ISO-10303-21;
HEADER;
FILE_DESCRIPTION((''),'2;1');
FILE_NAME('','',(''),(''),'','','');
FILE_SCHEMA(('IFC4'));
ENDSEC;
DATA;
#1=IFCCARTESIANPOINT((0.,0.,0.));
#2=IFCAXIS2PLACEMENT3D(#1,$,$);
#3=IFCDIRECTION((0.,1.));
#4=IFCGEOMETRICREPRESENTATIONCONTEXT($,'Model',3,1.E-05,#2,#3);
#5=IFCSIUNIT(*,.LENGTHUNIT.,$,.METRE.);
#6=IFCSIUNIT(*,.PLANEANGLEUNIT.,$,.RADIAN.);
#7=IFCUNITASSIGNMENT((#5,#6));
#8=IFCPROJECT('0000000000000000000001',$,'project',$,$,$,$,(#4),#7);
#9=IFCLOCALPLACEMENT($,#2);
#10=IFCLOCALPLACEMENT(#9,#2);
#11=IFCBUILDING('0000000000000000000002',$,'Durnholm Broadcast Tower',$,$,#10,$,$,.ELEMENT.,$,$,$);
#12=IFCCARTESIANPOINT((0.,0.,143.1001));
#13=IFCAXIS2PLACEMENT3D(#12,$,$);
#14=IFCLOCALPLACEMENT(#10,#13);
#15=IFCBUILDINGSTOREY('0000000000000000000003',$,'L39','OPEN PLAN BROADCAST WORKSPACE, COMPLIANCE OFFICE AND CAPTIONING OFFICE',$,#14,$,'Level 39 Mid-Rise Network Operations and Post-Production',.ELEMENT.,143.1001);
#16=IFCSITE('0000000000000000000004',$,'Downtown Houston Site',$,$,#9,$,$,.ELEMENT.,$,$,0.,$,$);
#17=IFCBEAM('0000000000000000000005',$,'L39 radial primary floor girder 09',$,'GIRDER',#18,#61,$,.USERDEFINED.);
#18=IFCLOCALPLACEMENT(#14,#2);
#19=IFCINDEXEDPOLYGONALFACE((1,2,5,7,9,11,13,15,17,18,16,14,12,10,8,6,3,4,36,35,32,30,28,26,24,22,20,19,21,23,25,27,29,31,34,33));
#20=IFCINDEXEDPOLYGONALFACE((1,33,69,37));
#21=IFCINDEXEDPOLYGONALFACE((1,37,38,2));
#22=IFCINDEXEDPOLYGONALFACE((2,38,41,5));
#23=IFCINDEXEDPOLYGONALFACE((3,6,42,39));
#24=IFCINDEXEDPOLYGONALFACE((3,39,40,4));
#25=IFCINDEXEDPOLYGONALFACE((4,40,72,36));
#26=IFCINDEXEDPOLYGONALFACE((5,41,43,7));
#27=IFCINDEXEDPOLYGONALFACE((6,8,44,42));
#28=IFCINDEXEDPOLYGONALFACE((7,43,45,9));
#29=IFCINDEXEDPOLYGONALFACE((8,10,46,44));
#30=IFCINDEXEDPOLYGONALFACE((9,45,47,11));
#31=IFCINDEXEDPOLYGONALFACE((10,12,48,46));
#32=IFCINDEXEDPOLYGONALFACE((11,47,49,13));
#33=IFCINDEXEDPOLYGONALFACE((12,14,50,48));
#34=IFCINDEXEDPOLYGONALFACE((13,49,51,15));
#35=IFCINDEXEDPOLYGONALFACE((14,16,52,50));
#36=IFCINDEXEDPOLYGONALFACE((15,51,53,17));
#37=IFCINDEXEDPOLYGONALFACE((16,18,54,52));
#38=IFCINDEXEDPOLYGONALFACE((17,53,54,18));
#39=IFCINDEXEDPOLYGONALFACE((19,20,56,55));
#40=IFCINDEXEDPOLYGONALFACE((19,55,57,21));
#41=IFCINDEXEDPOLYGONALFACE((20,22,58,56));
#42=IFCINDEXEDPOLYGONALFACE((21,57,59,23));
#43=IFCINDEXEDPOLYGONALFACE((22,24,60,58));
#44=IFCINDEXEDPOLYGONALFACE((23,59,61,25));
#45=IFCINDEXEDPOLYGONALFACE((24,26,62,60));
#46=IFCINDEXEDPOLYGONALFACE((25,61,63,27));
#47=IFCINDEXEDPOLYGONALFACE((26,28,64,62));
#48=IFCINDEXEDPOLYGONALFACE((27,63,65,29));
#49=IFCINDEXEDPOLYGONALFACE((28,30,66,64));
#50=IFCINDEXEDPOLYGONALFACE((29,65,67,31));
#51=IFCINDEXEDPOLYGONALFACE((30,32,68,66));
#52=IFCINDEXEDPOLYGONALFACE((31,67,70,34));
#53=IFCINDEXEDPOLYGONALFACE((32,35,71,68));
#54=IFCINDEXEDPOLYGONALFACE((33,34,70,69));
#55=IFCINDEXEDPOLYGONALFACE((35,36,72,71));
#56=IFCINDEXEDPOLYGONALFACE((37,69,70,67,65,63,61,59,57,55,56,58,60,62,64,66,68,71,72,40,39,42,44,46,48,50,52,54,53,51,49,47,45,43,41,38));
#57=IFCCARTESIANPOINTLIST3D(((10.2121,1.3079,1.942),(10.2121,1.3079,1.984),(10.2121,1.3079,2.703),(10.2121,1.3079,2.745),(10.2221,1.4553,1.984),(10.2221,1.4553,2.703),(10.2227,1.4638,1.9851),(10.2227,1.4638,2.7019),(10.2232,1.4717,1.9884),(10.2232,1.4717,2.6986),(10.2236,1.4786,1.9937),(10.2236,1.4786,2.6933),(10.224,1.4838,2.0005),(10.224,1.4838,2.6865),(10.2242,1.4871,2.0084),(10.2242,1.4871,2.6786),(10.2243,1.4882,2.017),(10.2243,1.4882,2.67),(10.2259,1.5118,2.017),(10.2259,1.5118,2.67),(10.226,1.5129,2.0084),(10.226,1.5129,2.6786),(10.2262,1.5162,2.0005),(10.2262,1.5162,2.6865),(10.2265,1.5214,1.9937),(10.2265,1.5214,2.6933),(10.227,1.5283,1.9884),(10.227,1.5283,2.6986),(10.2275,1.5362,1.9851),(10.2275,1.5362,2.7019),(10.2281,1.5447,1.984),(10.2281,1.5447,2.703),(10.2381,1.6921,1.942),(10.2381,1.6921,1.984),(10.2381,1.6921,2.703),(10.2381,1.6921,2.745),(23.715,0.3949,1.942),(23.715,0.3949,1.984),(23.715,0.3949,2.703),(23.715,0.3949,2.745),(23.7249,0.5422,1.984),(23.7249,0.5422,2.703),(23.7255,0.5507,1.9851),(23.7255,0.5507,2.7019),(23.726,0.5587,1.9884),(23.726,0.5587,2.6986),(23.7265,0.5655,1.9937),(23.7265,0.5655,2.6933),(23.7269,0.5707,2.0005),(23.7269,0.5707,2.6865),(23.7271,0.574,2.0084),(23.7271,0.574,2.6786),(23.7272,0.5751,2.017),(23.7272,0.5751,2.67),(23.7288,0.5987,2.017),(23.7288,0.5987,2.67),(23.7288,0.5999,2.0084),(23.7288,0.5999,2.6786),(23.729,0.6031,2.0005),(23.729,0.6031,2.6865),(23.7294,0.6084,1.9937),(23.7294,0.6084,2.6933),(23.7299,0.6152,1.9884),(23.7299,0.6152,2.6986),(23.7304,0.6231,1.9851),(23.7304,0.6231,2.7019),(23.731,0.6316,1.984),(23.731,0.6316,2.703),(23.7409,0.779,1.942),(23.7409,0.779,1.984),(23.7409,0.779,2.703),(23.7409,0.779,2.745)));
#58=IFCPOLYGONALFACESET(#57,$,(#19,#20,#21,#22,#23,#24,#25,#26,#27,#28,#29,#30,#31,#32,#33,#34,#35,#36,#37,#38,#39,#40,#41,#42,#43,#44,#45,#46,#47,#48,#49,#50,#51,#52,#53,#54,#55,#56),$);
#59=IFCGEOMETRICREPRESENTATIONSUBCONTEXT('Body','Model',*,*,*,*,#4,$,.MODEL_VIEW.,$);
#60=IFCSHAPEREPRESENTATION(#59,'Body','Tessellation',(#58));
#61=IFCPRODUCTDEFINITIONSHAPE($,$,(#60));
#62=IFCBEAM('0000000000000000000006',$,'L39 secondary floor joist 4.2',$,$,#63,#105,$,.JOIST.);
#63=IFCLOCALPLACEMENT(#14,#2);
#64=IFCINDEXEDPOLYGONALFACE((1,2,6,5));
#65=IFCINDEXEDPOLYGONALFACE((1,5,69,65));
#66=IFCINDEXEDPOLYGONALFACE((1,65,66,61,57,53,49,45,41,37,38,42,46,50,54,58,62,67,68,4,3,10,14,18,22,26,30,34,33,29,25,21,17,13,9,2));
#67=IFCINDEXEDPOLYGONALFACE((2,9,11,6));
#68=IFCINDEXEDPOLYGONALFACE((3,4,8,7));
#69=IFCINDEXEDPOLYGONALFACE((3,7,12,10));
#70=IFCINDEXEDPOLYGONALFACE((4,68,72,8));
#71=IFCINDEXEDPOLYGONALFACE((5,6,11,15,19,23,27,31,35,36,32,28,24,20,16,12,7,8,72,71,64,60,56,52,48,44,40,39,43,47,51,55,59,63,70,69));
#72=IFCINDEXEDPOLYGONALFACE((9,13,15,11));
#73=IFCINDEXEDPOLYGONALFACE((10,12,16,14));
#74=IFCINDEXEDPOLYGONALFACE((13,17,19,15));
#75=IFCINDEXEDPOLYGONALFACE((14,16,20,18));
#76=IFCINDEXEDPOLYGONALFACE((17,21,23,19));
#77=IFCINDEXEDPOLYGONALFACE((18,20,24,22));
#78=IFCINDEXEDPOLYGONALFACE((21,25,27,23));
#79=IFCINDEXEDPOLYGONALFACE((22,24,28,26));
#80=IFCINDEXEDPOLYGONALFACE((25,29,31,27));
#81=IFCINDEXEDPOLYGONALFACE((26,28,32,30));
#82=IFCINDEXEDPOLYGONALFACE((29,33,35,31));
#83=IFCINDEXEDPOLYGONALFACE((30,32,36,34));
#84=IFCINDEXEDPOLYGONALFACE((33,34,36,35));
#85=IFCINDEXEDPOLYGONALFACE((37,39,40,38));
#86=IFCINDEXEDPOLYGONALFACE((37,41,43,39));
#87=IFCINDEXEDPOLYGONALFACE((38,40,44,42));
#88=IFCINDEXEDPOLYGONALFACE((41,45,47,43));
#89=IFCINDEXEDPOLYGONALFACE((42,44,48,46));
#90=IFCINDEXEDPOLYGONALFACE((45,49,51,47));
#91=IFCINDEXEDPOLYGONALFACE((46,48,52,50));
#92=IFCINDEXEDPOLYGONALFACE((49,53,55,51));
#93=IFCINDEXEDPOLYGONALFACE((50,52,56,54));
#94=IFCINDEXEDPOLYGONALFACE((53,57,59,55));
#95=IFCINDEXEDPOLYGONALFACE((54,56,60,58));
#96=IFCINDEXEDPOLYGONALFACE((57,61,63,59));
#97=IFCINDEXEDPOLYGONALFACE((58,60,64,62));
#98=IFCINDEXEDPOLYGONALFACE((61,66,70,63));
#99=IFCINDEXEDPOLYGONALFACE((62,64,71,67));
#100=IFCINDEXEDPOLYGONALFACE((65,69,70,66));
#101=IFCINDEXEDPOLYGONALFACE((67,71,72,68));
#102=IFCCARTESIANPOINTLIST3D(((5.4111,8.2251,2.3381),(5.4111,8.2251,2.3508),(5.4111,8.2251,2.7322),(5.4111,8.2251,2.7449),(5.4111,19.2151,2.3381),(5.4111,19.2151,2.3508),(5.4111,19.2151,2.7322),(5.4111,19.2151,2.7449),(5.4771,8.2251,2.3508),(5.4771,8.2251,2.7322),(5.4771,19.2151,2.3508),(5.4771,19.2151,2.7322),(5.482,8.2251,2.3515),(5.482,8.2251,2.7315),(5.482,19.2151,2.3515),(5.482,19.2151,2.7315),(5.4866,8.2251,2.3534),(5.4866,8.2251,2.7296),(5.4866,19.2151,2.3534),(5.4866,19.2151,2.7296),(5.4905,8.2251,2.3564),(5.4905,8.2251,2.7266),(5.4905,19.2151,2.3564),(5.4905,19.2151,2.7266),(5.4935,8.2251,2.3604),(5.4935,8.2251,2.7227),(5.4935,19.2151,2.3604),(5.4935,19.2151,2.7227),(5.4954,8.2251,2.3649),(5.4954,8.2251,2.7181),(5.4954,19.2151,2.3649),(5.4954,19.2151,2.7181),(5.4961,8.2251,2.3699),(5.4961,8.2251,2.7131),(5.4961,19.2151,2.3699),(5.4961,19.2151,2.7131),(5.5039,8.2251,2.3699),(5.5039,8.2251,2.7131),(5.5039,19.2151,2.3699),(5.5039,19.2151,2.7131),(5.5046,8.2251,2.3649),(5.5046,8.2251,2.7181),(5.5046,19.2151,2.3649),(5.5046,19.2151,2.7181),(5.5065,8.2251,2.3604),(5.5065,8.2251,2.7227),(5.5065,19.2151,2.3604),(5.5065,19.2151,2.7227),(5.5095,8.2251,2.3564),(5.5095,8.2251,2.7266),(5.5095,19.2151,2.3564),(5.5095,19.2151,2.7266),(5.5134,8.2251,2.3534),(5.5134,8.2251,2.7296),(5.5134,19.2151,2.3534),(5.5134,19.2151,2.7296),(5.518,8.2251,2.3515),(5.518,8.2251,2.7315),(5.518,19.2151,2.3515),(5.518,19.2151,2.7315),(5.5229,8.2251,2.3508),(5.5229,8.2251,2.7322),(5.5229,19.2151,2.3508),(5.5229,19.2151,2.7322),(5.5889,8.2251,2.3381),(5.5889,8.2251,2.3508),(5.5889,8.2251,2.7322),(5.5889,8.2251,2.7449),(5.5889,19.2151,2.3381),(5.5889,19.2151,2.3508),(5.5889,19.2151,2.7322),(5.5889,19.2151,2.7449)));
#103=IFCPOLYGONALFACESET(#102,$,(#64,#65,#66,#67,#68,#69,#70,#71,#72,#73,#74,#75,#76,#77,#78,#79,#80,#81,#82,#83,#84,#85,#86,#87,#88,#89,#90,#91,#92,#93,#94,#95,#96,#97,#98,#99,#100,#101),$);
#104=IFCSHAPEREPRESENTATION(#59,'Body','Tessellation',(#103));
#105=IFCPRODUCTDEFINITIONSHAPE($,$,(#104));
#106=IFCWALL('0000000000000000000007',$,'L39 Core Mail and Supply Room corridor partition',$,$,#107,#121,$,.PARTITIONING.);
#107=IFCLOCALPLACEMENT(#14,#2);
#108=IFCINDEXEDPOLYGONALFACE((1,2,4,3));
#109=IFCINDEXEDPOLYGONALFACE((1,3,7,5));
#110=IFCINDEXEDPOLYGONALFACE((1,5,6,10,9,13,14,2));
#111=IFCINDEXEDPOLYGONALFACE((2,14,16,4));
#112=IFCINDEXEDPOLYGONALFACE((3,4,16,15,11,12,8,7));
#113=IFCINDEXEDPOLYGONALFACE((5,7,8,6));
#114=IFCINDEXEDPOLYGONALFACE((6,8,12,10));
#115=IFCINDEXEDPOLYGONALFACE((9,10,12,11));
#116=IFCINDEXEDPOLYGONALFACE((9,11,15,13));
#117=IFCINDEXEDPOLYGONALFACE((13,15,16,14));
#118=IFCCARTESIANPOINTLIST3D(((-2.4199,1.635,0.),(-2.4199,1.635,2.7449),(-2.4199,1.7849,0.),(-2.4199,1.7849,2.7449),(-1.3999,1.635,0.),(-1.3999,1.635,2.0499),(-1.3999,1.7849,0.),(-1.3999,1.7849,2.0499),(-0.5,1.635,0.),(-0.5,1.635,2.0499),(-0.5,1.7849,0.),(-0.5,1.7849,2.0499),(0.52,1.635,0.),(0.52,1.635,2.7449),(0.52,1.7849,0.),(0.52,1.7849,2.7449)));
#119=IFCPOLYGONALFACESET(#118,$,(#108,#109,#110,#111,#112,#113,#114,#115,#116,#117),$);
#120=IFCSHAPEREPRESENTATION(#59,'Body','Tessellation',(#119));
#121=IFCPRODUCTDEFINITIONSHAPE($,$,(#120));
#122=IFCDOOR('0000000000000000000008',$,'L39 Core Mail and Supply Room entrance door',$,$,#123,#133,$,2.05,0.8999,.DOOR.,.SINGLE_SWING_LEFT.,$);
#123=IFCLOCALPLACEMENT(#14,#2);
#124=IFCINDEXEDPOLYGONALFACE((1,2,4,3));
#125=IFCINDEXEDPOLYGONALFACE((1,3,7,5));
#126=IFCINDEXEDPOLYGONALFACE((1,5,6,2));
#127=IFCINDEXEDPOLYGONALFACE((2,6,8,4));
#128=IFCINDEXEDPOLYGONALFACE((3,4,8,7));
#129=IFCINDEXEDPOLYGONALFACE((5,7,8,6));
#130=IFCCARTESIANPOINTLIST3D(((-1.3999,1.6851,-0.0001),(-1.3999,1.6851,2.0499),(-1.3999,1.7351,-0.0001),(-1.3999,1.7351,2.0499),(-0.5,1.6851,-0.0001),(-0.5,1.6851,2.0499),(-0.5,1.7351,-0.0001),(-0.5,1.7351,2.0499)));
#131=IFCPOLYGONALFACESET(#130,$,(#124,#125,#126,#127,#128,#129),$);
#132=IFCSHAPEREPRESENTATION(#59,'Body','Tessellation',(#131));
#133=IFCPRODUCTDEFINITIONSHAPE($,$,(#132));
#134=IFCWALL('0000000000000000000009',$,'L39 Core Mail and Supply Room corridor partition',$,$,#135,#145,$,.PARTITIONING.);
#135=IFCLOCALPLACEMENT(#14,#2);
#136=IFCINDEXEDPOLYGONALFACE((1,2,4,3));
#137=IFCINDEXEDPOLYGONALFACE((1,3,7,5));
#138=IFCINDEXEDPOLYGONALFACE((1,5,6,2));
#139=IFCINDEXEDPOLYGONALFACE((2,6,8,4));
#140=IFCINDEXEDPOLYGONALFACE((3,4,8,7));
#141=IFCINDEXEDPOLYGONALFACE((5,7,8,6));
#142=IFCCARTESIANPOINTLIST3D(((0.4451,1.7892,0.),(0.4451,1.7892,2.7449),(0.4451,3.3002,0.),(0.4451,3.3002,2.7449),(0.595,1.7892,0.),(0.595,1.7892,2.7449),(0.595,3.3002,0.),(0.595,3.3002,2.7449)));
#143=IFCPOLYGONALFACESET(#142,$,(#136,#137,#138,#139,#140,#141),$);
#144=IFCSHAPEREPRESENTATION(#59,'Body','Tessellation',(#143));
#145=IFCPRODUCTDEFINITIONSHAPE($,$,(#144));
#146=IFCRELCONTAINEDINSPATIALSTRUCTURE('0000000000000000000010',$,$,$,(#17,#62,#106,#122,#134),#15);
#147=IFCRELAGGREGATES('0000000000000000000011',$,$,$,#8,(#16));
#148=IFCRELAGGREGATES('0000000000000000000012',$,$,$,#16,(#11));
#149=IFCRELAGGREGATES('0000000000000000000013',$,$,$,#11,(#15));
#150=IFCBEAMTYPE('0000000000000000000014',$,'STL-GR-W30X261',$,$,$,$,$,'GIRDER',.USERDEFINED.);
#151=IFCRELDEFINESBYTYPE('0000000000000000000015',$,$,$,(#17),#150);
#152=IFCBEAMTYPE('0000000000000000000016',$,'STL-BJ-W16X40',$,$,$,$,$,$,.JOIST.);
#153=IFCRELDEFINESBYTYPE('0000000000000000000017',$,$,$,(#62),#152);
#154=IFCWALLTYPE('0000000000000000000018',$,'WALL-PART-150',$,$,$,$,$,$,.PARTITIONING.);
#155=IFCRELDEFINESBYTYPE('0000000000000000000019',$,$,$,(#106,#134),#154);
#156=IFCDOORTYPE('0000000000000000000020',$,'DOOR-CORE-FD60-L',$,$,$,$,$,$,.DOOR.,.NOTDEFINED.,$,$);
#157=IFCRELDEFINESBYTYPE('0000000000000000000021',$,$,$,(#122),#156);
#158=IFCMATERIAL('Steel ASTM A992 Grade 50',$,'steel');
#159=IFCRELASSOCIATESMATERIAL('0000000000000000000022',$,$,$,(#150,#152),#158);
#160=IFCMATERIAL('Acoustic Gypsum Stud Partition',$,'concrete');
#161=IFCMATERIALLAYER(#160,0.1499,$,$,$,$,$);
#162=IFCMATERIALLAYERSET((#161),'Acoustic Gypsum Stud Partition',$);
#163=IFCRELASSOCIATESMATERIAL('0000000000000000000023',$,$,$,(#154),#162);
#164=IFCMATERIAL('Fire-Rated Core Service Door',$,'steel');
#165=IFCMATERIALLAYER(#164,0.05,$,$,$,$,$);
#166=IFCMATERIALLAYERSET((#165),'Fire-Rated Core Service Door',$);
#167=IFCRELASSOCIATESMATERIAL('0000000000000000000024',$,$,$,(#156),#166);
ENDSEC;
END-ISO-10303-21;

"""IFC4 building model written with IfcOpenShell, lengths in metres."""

from ifc_helpers import new_model, si_unit, direction, frame, frame_2d, origin, origin_2d, place, context, subcontext, project, spatial, rectangle, i_section, extrude, source, transform, mapped, material, layer, layer_set, material_profile, profile_set, type_object, type_shapes, element, fill, save


model = new_model("IFC4")

# Units and contexts
model_context = context("Model", 3, precision=1e-05, world=origin(), true_north=direction((0.0, 1.0)))
body_context = subcontext(model_context, "Body", "Model", "MODEL_VIEW")
ifc_project = project(units=[si_unit("LENGTHUNIT", "METRE"), si_unit("PLANEANGLEUNIT", "RADIAN")], contexts=[model_context])

# Site, building, storey
site_placement = place(None, origin())
site = spatial("IfcSite", under=ifc_project, at=site_placement, Name="Downtown Houston Site", CompositionType="ELEMENT", RefElevation=0.0)
building_placement = place(site_placement, origin())
building = spatial("IfcBuilding", under=site, at=building_placement, Name="Durnholm Broadcast Tower", CompositionType="ELEMENT")
storey_placement = place(building_placement, frame((0.0, 0.0, 143.1001)))
storey = spatial("IfcBuildingStorey", under=building, at=storey_placement, Name="L39", Description="OPEN PLAN BROADCAST WORKSPACE, COMPLIANCE OFFICE AND CAPTIONING OFFICE", LongName="Level 39 Mid-Rise Network Operations and Post-Production", CompositionType="ELEMENT", Elevation=143.1001)

# Beams
ifc_material_1 = material(Name="Steel ASTM A992 Grade 50", Category="steel")
ifc_material_profile_1 = material_profile(ifc_material_1, i_section(OverallWidth=0.385, OverallDepth=0.803, WebThickness=0.0237, FlangeThickness=0.042, FilletRadius=0.033, at=origin_2d()), Name="W30X261")
ifc_profile_set_1 = profile_set([ifc_material_profile_1], Name="Steel ASTM A992 Grade 50")
beam_type_1 = type_object("IfcBeamType", Name="STL-GR-W30X261", ElementType="GIRDER", PredefinedType="USERDEFINED", material=ifc_profile_set_1)
shared_shape_1 = source(origin(), body_context, "Body", "SweptSolid", [
    extrude(i_section(OverallWidth=0.385, OverallDepth=0.803, WebThickness=0.0237, FlangeThickness=0.042, FilletRadius=0.033, at=origin_2d()), origin(), (0.0, 0.0, 1.0), 13.5337),
])
beam_1_placement = place(storey_placement, frame((10.2251, 1.5, 2.3435), z_axis=(0.997721, -0.067467, 0.0), x_axis=(0.067467, 0.997721, 0.0)))
element("IfcBeam", 1, at=beam_1_placement, inside=storey, type_object=beam_type_1, Name="L39 radial primary floor girder 09", ObjectType="GIRDER", PredefinedType="USERDEFINED", context=body_context, shape_type="MappedRepresentation", body=[
    mapped(shared_shape_1, transform((0.0, 0.0, 0.0), x_axis=(1.0, 0.0, 0.0), y_axis=(0.0, 1.0, 0.0), z_axis=(0.0, 0.0, 1.0), scale=1.0)),
])
ifc_material_profile_2 = material_profile(ifc_material_1, i_section(OverallWidth=0.1777, OverallDepth=0.4067, WebThickness=0.0078, FlangeThickness=0.0127, FilletRadius=0.019, at=origin_2d()), Name="W16X40")
ifc_profile_set_2 = profile_set([ifc_material_profile_2], Name="Steel ASTM A992 Grade 50")
beam_type_2 = type_object("IfcBeamType", Name="STL-BJ-W16X40", PredefinedType="JOIST", material=ifc_profile_set_2)
shared_shape_2 = source(origin(), body_context, "Body", "SweptSolid", [
    extrude(i_section(OverallWidth=0.1777, OverallDepth=0.4067, WebThickness=0.0078, FlangeThickness=0.0127, FilletRadius=0.019, at=origin_2d()), origin(), (0.0, 0.0, 1.0), 10.99),
])
type_shapes(beam_type_2, [shared_shape_2])
beam_2_placement = place(storey_placement, frame((5.5, 8.2251, 2.5415), z_axis=(0.0, 1.0, 0.0), x_axis=(-1.0, 0.0, 0.0)))
element("IfcBeam", 2, at=beam_2_placement, inside=storey, type_object=beam_type_2, Name="L39 secondary floor joist 4.2", PredefinedType="JOIST", context=body_context, shape_type="MappedRepresentation", body=[
    mapped(shared_shape_2, transform((0.0, 0.0, 0.0), x_axis=(1.0, 0.0, 0.0), y_axis=(0.0, 1.0, 0.0), z_axis=(0.0, 0.0, 1.0), scale=1.0)),
])

# Wall, opening, door
ifc_material_2 = material(Name="Acoustic Gypsum Stud Partition", Category="concrete")
ifc_layer_1 = layer(ifc_material_2, 0.1499)
ifc_layer_set_1 = layer_set([ifc_layer_1], Name="Acoustic Gypsum Stud Partition")
wall_type_1 = type_object("IfcWallType", Name="WALL-PART-150", PredefinedType="PARTITIONING", material=ifc_layer_set_1)
wall_1_placement = place(storey_placement, frame((0.52, 1.71, 0.0), z_axis=(0.0, 0.0, 1.0), x_axis=(-1.0, 0.0, 0.0)))
wall_1 = element("IfcWall", 3, at=wall_1_placement, inside=storey, type_object=wall_type_1, Name="L39 Core Mail and Supply Room corridor partition", PredefinedType="PARTITIONING", context=body_context, shape_type="SweptSolid", body=[
    extrude(rectangle(XDim=2.9399, YDim=0.1499, at=frame_2d((1.47, 0.0))), origin(), (0.0, 0.0, 1.0), 2.7449),
])
opening_1_placement = place(wall_1_placement, frame((1.02, 0.0, 0.0)))
opening_1 = element("IfcOpeningElement", 4, at=opening_1_placement, cuts=wall_1, PredefinedType="OPENING", context=body_context, shape_type="SweptSolid", body=[
    extrude(rectangle(XDim=0.8999, YDim=2.05, at=frame_2d((0.45, 1.0249))), frame((0.0, 0.085, 0.0), z_axis=(0.0, -1.0, 0.0), x_axis=(1.0, 0.0, 0.0)), (0.0, 0.0, 1.0), 0.1699),
])
ifc_material_3 = material(Name="Fire-Rated Core Service Door", Category="steel")
ifc_layer_2 = layer(ifc_material_3, 0.05)
ifc_layer_set_2 = layer_set([ifc_layer_2], Name="Fire-Rated Core Service Door")
door_type_1 = type_object("IfcDoorType", Name="DOOR-CORE-FD60-L", OperationType="NOTDEFINED", PredefinedType="DOOR", material=ifc_layer_set_2)
shared_shape_3 = source(origin(), body_context, "Body", "SweptSolid", [
    extrude(rectangle(XDim=0.8999, YDim=2.05, at=frame_2d((0.45, 1.0249))), frame((0.0, 0.0249, 0.0), z_axis=(0.0, -1.0, 0.0), x_axis=(1.0, 0.0, 0.0)), (0.0, 0.0, 1.0), 0.05),
])
type_shapes(door_type_1, [shared_shape_3])
door_1_placement = place(opening_1_placement, origin())
door_1 = element("IfcDoor", 5, at=door_1_placement, inside=storey, type_object=door_type_1, Name="L39 Core Mail and Supply Room entrance door", OperationType="SINGLE_SWING_LEFT", OverallHeight=2.05, OverallWidth=0.8999, PredefinedType="DOOR", context=body_context, shape_type="MappedRepresentation", body=[
    mapped(shared_shape_3, transform((0.0, 0.0, 0.0), x_axis=(1.0, 0.0, 0.0), y_axis=(0.0, 1.0, 0.0), z_axis=(0.0, 0.0, 1.0), scale=1.0)),
])
fill(opening_1, door_1)

# Wall
wall_2_placement = place(storey_placement, frame((0.52, 3.3, 0.0), z_axis=(0.0, 0.0, 1.0), x_axis=(0.0, -1.0, 0.0)))
element("IfcWall", 6, at=wall_2_placement, inside=storey, type_object=wall_type_1, Name="L39 Core Mail and Supply Room corridor partition", PredefinedType="PARTITIONING", context=body_context, shape_type="SweptSolid", body=[
    extrude(rectangle(XDim=1.511, YDim=0.1499, at=frame_2d((0.7554, 0.0))), origin(), (0.0, 0.0, 1.0), 2.7449),
])

save(model, "model.ifc")
